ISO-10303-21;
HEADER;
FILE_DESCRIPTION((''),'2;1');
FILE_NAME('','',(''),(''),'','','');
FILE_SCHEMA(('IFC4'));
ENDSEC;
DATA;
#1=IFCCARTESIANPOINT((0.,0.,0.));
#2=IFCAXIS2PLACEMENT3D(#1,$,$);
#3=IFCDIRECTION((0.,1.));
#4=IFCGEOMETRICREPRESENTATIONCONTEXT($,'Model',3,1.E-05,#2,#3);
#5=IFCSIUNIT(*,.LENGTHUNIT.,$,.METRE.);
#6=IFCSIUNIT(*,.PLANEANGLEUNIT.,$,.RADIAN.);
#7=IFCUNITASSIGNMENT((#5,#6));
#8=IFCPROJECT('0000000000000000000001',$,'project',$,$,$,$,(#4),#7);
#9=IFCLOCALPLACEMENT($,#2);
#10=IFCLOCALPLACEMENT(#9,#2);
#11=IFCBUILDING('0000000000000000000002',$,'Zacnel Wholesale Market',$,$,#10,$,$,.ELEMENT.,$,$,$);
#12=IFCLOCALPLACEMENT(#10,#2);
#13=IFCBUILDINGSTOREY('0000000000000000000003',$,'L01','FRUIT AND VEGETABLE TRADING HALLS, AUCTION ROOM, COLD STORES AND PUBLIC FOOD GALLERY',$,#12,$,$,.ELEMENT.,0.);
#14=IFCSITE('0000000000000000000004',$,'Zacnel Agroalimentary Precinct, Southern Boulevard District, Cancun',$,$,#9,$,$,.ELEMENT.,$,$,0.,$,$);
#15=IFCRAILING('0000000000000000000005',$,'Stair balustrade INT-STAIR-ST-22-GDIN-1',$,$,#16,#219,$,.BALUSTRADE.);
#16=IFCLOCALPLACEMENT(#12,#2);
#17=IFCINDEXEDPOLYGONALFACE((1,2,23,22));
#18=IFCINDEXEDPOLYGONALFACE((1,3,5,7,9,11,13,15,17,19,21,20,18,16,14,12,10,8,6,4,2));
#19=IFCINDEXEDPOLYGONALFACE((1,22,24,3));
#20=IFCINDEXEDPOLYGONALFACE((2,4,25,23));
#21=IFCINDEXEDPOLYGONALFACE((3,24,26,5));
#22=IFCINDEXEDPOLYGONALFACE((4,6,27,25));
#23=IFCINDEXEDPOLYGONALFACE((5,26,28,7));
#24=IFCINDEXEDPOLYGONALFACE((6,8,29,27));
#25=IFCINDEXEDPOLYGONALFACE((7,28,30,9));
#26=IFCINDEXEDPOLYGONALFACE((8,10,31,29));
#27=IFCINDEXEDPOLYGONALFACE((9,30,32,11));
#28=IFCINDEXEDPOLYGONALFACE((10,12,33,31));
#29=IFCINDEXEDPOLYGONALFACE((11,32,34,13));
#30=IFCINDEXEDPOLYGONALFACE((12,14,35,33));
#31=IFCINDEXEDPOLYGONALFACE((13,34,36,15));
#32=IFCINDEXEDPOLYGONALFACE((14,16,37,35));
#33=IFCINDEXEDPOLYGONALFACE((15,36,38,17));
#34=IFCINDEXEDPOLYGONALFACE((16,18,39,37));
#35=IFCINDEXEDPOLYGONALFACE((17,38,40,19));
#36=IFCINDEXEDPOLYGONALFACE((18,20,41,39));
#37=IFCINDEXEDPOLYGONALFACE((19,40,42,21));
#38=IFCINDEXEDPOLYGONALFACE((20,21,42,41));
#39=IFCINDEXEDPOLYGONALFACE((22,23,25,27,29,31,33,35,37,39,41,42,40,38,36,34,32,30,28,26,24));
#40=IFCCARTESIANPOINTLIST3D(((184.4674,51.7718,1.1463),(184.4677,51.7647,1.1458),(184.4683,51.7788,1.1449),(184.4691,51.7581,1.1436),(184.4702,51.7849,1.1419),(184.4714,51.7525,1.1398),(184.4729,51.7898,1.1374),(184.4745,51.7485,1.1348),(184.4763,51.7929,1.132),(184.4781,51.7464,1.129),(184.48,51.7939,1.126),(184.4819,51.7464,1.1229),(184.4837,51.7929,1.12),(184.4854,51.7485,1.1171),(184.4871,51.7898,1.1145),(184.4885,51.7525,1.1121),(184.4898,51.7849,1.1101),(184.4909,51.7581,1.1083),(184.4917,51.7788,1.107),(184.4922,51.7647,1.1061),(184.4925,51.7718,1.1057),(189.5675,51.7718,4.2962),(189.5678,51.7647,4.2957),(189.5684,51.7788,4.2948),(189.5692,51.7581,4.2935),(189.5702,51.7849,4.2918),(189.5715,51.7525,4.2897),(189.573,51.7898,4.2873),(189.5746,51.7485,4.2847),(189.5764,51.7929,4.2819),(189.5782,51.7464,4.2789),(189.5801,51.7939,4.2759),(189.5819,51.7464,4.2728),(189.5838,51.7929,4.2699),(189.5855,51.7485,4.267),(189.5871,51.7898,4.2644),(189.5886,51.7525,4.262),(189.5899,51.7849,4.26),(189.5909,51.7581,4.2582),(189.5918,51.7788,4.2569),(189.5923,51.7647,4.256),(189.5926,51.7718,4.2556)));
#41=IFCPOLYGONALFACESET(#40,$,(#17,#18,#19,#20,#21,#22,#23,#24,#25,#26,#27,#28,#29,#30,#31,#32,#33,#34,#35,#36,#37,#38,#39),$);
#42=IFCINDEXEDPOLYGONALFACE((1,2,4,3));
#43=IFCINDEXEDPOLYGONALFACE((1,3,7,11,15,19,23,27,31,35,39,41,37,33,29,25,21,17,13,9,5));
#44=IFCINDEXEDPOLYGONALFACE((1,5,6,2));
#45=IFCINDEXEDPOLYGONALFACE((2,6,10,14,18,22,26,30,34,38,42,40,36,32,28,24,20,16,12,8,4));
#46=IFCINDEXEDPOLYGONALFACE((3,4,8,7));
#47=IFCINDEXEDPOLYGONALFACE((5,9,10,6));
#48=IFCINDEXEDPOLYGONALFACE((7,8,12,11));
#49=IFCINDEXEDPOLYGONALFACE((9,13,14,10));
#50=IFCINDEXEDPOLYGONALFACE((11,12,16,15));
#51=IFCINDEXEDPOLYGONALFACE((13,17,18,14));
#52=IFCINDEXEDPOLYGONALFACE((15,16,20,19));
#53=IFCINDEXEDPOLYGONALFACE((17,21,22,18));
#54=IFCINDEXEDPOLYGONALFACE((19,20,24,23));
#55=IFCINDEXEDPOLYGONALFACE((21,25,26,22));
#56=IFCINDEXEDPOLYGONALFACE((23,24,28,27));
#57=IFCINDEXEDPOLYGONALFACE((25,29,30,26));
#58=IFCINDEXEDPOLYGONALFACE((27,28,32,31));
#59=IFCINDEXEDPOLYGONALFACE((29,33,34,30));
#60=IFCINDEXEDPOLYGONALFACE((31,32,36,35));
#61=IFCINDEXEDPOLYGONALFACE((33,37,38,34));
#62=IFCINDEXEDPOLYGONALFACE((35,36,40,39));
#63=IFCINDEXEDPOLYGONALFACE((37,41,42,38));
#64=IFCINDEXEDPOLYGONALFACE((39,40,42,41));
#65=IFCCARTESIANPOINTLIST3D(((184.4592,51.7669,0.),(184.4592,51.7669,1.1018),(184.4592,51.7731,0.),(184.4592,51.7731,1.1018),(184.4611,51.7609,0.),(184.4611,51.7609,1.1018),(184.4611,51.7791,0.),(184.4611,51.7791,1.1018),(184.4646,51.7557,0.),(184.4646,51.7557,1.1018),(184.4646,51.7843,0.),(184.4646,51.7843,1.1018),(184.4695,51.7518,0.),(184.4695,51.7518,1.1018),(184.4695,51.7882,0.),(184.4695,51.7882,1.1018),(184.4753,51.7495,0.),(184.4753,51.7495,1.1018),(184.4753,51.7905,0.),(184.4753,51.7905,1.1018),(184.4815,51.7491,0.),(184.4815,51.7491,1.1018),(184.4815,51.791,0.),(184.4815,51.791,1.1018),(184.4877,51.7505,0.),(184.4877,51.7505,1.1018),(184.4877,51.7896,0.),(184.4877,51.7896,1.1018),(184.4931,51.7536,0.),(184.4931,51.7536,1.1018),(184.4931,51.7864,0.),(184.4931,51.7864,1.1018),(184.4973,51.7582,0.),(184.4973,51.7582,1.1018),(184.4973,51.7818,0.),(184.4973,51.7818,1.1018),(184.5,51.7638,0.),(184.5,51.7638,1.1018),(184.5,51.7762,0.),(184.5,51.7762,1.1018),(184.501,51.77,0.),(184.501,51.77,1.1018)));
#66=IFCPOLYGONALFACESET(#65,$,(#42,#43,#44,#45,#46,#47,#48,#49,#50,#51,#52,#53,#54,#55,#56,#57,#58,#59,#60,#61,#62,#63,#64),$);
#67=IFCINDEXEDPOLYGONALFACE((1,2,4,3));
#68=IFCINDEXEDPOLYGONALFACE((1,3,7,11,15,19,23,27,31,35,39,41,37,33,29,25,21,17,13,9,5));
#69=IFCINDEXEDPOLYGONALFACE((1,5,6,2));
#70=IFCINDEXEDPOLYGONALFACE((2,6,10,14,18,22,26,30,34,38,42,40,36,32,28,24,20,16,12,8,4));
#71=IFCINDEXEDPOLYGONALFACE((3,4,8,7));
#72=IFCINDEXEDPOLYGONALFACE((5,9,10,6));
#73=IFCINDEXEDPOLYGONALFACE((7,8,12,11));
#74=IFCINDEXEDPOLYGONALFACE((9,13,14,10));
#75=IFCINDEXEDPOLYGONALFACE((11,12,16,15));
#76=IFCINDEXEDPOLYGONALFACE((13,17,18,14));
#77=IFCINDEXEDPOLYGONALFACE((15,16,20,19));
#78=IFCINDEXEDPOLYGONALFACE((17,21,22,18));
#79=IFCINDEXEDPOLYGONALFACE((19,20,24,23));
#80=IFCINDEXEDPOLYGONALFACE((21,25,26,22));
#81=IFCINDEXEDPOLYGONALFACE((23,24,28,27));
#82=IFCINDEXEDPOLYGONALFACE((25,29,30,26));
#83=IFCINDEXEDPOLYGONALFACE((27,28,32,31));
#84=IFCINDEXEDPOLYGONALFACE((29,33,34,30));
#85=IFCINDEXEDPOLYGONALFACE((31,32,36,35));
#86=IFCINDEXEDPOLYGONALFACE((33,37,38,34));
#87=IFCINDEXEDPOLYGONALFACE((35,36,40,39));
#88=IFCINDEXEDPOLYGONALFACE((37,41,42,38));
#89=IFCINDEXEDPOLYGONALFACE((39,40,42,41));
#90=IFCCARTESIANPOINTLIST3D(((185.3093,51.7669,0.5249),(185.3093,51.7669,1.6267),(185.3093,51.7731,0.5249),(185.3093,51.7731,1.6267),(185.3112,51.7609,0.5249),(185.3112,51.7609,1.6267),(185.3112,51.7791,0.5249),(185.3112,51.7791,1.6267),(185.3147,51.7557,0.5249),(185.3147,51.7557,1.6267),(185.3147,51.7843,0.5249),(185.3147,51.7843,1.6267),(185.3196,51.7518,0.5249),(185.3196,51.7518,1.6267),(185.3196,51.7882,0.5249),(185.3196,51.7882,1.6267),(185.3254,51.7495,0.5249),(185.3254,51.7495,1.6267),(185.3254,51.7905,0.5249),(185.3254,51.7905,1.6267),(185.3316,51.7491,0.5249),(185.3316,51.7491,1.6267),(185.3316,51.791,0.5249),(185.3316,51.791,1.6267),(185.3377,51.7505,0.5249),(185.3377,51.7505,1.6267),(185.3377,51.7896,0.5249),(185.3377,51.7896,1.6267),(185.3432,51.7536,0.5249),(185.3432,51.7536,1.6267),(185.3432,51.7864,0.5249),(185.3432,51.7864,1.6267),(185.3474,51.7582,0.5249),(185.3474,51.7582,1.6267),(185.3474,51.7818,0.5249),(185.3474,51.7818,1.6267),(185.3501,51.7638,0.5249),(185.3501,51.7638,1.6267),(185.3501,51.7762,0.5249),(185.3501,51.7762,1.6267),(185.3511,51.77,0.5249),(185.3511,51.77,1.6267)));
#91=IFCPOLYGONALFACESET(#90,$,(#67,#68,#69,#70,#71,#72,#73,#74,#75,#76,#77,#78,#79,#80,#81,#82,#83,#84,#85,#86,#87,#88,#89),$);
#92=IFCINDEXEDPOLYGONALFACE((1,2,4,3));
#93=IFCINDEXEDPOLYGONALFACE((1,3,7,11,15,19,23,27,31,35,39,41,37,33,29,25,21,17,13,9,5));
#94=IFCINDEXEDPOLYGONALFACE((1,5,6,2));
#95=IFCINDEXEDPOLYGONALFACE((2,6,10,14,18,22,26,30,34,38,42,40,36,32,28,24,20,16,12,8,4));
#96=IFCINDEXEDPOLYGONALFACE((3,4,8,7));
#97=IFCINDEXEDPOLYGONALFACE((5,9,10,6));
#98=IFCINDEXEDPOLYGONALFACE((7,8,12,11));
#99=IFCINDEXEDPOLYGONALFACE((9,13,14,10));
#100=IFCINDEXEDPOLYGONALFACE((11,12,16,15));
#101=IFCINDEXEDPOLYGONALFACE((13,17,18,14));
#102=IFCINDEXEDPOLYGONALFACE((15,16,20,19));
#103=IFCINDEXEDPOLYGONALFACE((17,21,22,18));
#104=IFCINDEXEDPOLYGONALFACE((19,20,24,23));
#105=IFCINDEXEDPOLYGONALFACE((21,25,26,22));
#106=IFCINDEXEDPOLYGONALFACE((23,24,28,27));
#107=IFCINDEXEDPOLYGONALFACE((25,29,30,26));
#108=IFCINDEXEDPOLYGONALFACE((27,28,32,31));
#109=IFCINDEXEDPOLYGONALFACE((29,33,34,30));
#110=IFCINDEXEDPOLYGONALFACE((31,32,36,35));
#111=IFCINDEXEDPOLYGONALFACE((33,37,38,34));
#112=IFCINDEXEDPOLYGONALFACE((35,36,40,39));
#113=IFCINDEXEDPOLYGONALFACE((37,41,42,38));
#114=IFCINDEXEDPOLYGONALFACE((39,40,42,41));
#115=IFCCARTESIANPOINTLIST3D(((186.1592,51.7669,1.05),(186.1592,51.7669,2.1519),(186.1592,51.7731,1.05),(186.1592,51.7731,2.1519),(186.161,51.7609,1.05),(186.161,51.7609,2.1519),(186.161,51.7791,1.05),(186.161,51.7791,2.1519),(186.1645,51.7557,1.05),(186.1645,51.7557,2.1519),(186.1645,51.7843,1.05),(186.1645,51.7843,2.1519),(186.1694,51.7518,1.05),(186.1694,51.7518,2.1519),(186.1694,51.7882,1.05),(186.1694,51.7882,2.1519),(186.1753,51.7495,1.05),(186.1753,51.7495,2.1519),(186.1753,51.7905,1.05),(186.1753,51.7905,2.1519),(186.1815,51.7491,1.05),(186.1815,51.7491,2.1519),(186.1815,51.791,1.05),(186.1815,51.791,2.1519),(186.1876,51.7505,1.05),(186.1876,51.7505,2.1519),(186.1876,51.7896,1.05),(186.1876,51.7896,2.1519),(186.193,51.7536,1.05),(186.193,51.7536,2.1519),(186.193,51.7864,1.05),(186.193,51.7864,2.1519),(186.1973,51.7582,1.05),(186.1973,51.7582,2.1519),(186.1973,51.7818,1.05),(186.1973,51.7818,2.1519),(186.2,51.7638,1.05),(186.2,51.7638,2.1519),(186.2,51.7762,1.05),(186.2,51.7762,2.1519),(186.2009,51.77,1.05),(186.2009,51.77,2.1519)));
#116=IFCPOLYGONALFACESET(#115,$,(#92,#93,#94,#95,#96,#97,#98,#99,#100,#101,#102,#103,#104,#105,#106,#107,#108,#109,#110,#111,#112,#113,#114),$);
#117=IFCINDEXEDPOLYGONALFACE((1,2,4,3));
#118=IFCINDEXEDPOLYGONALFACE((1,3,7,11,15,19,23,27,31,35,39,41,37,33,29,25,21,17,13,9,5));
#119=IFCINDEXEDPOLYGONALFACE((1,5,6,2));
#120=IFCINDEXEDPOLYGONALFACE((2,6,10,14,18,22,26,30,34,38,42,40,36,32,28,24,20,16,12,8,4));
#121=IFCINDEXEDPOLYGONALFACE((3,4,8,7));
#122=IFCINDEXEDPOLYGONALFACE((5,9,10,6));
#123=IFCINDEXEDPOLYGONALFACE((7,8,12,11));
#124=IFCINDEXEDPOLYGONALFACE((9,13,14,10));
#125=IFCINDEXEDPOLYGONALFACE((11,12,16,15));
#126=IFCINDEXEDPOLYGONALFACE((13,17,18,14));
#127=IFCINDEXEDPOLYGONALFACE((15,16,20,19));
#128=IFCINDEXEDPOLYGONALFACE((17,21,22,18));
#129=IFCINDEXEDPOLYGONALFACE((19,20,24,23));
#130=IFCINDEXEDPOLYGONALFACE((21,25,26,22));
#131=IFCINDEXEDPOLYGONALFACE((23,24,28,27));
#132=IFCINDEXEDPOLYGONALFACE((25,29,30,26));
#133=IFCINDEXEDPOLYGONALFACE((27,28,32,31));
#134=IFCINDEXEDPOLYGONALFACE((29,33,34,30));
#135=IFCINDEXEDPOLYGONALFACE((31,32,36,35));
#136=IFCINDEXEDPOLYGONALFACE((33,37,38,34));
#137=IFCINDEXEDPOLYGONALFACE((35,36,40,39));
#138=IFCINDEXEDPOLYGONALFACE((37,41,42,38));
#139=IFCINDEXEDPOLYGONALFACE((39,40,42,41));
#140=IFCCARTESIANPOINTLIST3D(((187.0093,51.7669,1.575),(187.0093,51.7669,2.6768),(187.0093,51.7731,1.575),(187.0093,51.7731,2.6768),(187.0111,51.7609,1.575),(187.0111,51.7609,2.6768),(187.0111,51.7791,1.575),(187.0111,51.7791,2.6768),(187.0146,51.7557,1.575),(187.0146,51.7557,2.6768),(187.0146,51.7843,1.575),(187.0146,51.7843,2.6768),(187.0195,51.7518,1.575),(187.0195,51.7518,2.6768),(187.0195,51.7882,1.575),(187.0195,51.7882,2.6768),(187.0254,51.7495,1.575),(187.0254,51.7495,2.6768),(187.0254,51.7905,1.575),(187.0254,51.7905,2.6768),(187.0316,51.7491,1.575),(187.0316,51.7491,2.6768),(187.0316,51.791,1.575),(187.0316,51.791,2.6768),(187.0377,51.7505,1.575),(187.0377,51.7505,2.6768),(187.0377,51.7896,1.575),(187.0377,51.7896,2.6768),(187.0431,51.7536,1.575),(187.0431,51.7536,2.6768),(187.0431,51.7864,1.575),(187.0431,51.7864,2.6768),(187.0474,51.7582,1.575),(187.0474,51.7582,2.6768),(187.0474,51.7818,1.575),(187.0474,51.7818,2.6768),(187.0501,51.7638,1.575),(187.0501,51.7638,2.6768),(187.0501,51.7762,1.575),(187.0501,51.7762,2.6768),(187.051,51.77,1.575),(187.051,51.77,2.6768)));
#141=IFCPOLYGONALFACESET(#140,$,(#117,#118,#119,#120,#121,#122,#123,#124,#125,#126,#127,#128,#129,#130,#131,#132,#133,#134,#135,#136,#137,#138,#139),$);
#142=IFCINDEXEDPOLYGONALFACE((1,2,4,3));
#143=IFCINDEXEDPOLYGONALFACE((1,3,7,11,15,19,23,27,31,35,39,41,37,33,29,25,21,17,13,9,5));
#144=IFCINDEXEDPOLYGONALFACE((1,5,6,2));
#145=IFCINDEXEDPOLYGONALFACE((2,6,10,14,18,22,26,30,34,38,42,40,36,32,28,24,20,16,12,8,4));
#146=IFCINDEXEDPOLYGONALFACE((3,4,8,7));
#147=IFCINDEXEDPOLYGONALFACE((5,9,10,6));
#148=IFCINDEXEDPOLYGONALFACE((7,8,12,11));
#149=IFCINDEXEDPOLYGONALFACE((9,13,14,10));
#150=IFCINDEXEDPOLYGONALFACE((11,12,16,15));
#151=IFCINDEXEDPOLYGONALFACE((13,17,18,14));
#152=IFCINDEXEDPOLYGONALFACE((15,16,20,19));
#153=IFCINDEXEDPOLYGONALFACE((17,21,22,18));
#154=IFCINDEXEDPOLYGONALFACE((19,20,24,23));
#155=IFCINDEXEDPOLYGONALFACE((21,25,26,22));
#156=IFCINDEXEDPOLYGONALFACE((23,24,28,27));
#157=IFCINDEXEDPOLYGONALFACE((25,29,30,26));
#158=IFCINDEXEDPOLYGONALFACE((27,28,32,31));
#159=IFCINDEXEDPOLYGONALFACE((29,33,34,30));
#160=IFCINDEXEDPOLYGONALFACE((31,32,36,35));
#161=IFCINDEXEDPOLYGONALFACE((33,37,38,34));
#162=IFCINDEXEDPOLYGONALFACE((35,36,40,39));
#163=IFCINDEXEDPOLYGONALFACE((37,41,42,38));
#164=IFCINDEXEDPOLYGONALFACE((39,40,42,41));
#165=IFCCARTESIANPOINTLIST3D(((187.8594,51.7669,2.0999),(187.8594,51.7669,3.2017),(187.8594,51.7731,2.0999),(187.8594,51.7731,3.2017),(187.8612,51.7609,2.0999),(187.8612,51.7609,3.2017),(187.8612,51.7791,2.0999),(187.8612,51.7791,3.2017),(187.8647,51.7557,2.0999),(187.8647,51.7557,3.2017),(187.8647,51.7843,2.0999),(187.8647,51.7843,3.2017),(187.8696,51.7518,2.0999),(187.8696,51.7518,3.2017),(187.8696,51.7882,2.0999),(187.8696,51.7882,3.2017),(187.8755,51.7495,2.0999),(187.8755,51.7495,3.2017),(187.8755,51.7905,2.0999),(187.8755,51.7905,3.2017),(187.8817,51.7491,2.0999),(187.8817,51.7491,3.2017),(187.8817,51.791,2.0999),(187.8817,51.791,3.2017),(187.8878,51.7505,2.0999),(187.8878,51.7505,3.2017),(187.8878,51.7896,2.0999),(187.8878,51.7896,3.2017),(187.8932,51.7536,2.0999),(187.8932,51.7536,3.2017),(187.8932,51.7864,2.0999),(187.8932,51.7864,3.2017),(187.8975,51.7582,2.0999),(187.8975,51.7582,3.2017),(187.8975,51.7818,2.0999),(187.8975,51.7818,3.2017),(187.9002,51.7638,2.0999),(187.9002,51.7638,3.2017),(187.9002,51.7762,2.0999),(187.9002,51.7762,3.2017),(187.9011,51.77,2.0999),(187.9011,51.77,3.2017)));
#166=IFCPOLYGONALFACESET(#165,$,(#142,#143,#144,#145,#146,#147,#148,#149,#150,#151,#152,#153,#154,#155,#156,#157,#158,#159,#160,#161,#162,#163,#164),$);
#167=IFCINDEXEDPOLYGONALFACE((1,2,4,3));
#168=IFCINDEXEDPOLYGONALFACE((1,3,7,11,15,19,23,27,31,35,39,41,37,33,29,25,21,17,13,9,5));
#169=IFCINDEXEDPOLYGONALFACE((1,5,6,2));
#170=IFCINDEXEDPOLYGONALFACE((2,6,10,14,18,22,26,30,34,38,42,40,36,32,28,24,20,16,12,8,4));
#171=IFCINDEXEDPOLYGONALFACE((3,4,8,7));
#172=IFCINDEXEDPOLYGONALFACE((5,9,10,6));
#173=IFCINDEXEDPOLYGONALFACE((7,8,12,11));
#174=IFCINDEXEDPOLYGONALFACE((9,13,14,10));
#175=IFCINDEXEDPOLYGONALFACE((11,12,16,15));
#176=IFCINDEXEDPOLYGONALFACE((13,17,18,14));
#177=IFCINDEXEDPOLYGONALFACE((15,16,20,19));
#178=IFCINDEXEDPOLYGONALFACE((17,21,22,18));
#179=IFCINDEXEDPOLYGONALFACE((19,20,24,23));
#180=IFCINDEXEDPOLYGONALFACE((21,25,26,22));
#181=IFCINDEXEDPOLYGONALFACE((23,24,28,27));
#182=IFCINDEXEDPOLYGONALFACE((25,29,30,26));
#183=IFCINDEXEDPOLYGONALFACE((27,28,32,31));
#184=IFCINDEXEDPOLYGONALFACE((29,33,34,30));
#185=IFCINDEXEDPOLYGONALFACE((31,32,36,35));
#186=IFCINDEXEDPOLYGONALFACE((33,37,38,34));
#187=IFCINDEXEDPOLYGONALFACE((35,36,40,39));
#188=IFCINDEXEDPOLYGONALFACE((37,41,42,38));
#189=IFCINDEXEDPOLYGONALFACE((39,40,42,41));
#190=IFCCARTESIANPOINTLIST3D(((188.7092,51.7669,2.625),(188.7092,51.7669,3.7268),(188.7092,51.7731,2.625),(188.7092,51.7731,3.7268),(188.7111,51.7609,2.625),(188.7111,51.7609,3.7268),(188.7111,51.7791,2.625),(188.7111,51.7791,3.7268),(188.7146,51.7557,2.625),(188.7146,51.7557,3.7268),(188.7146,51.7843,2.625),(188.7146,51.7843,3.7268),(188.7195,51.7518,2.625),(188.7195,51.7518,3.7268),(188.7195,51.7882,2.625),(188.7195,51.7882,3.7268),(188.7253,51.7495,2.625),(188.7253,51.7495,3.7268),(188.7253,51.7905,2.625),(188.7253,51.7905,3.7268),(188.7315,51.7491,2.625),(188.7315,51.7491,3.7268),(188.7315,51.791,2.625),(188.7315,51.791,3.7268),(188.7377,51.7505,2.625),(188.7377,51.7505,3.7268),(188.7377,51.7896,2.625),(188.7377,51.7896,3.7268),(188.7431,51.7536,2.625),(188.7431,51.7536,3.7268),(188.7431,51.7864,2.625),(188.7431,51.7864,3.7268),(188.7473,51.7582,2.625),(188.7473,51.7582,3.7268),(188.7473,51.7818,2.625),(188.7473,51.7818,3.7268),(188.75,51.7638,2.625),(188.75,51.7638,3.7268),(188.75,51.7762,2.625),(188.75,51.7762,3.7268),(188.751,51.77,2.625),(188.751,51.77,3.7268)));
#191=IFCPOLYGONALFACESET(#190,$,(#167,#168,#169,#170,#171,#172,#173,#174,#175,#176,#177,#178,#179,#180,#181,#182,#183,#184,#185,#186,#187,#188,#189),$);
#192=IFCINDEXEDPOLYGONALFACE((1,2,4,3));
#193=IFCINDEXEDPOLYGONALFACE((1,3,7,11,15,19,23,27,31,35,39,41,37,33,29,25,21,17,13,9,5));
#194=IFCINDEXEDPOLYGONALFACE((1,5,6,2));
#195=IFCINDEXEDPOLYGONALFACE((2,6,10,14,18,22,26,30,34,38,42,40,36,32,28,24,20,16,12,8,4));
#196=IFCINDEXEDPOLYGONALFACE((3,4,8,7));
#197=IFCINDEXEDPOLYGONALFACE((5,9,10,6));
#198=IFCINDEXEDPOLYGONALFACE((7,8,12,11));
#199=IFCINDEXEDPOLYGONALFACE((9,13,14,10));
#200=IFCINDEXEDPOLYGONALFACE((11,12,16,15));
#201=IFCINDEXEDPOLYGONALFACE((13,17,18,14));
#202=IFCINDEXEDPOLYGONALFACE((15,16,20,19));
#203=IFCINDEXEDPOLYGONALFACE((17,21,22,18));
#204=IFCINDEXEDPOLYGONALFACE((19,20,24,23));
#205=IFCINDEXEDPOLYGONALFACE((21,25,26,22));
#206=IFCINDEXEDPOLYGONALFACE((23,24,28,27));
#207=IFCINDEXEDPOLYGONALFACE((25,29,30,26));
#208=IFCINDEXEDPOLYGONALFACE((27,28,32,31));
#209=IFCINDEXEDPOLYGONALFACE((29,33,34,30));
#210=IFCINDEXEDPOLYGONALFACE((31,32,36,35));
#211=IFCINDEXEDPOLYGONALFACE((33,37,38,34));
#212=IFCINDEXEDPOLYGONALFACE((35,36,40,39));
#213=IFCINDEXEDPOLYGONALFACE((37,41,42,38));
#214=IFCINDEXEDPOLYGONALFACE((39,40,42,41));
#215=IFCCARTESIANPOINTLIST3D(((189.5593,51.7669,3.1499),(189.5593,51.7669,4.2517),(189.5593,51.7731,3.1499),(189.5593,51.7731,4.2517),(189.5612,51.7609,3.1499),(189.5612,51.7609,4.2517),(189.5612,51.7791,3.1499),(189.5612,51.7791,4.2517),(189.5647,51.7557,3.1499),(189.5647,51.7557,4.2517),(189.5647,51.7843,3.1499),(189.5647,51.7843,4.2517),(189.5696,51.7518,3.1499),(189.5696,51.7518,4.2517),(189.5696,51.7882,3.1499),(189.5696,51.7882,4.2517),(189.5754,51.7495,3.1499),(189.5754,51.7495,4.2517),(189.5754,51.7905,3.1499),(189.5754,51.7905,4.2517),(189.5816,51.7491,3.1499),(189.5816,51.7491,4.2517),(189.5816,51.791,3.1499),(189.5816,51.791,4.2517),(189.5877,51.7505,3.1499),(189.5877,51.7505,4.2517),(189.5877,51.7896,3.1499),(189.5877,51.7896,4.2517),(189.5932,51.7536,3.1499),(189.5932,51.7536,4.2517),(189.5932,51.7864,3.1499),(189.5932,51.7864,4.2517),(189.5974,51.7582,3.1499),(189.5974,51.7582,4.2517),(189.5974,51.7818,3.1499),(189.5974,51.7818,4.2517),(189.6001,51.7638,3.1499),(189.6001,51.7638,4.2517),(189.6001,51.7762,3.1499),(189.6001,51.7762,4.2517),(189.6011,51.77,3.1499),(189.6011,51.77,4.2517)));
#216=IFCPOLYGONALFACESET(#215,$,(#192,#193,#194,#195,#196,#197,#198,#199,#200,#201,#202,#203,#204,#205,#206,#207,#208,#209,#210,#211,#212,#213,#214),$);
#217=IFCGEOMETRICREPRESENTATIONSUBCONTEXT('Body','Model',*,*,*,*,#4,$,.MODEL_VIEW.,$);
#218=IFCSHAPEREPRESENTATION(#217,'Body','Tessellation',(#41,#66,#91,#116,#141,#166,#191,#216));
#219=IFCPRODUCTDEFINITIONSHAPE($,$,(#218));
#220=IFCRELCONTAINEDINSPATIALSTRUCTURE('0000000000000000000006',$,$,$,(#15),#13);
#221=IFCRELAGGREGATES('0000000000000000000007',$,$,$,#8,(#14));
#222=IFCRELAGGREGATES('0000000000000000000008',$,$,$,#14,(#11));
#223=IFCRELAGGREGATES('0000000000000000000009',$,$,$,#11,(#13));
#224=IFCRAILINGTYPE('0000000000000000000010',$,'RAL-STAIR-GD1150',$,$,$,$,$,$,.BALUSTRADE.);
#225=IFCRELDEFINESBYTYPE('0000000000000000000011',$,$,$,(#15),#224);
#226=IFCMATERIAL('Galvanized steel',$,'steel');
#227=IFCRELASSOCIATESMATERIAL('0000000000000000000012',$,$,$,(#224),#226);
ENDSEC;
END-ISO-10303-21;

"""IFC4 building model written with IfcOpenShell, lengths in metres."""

from ifc_helpers import new_model, si_unit, direction, frame, origin, origin_2d, place, context, subcontext, project, spatial, circle, extrude, material, type_object, element, save


model = new_model("IFC4")

# Units and contexts
model_context = context("Model", 3, precision=1e-05, world=origin(), true_north=direction((0.0, 1.0)))
body_context = subcontext(model_context, "Body", "Model", "MODEL_VIEW")
ifc_project = project(units=[si_unit("LENGTHUNIT", "METRE"), si_unit("PLANEANGLEUNIT", "RADIAN")], contexts=[model_context])

# Site, building, storey
site_placement = place(None, origin())
site = spatial("IfcSite", under=ifc_project, at=site_placement, Name="Zacnel Agroalimentary Precinct, Southern Boulevard District, Cancun", CompositionType="ELEMENT", RefElevation=0.0)
building_placement = place(site_placement, origin())
building = spatial("IfcBuilding", under=site, at=building_placement, Name="Zacnel Wholesale Market", CompositionType="ELEMENT")
storey_placement = place(building_placement, origin())
storey = spatial("IfcBuildingStorey", under=building, at=storey_placement, Name="L01", Description="FRUIT AND VEGETABLE TRADING HALLS, AUCTION ROOM, COLD STORES AND PUBLIC FOOD GALLERY", CompositionType="ELEMENT", Elevation=0.0)

# Railing
ifc_material_1 = material(Name="Galvanized steel", Category="steel")
railing_type_1 = type_object("IfcRailingType", Name="RAL-STAIR-GD1150", PredefinedType="BALUSTRADE", material=ifc_material_1)
railing_1_placement = place(storey_placement, frame((184.48, 51.77, 0.0)))
element("IfcRailing", 1, at=railing_1_placement, inside=storey, type_object=railing_type_1, Name="Stair balustrade INT-STAIR-ST-22-GDIN-1", PredefinedType="BALUSTRADE", context=body_context, shape_type="SweptSolid", body=[
    extrude(circle(Radius=0.0239, at=origin_2d()), frame((0.0, 0.0, 1.126), z_axis=(0.85081, 0.0, 0.525474), x_axis=(0.0, 1.0, 0.0)), (0.0, 0.0, 1.0), 5.9944),
    extrude(circle(Radius=0.021, at=origin_2d()), origin(), (0.0, 0.0, 1.0), 1.1018),
    extrude(circle(Radius=0.021, at=origin_2d()), frame((0.8501, 0.0, 0.5249)), (0.0, 0.0, 1.0), 1.1018),
    extrude(circle(Radius=0.021, at=origin_2d()), frame((1.7, 0.0, 1.05)), (0.0, 0.0, 1.0), 1.1018),
    extrude(circle(Radius=0.021, at=origin_2d()), frame((2.55, 0.0, 1.575)), (0.0, 0.0, 1.0), 1.1018),
    extrude(circle(Radius=0.021, at=origin_2d()), frame((3.4001, 0.0, 2.0999)), (0.0, 0.0, 1.0), 1.1018),
    extrude(circle(Radius=0.021, at=origin_2d()), frame((4.25, 0.0, 2.625)), (0.0, 0.0, 1.0), 1.1018),
    extrude(circle(Radius=0.021, at=origin_2d()), frame((5.1001, 0.0, 3.1499)), (0.0, 0.0, 1.0), 1.1018),
])

save(model, "model.ifc")
